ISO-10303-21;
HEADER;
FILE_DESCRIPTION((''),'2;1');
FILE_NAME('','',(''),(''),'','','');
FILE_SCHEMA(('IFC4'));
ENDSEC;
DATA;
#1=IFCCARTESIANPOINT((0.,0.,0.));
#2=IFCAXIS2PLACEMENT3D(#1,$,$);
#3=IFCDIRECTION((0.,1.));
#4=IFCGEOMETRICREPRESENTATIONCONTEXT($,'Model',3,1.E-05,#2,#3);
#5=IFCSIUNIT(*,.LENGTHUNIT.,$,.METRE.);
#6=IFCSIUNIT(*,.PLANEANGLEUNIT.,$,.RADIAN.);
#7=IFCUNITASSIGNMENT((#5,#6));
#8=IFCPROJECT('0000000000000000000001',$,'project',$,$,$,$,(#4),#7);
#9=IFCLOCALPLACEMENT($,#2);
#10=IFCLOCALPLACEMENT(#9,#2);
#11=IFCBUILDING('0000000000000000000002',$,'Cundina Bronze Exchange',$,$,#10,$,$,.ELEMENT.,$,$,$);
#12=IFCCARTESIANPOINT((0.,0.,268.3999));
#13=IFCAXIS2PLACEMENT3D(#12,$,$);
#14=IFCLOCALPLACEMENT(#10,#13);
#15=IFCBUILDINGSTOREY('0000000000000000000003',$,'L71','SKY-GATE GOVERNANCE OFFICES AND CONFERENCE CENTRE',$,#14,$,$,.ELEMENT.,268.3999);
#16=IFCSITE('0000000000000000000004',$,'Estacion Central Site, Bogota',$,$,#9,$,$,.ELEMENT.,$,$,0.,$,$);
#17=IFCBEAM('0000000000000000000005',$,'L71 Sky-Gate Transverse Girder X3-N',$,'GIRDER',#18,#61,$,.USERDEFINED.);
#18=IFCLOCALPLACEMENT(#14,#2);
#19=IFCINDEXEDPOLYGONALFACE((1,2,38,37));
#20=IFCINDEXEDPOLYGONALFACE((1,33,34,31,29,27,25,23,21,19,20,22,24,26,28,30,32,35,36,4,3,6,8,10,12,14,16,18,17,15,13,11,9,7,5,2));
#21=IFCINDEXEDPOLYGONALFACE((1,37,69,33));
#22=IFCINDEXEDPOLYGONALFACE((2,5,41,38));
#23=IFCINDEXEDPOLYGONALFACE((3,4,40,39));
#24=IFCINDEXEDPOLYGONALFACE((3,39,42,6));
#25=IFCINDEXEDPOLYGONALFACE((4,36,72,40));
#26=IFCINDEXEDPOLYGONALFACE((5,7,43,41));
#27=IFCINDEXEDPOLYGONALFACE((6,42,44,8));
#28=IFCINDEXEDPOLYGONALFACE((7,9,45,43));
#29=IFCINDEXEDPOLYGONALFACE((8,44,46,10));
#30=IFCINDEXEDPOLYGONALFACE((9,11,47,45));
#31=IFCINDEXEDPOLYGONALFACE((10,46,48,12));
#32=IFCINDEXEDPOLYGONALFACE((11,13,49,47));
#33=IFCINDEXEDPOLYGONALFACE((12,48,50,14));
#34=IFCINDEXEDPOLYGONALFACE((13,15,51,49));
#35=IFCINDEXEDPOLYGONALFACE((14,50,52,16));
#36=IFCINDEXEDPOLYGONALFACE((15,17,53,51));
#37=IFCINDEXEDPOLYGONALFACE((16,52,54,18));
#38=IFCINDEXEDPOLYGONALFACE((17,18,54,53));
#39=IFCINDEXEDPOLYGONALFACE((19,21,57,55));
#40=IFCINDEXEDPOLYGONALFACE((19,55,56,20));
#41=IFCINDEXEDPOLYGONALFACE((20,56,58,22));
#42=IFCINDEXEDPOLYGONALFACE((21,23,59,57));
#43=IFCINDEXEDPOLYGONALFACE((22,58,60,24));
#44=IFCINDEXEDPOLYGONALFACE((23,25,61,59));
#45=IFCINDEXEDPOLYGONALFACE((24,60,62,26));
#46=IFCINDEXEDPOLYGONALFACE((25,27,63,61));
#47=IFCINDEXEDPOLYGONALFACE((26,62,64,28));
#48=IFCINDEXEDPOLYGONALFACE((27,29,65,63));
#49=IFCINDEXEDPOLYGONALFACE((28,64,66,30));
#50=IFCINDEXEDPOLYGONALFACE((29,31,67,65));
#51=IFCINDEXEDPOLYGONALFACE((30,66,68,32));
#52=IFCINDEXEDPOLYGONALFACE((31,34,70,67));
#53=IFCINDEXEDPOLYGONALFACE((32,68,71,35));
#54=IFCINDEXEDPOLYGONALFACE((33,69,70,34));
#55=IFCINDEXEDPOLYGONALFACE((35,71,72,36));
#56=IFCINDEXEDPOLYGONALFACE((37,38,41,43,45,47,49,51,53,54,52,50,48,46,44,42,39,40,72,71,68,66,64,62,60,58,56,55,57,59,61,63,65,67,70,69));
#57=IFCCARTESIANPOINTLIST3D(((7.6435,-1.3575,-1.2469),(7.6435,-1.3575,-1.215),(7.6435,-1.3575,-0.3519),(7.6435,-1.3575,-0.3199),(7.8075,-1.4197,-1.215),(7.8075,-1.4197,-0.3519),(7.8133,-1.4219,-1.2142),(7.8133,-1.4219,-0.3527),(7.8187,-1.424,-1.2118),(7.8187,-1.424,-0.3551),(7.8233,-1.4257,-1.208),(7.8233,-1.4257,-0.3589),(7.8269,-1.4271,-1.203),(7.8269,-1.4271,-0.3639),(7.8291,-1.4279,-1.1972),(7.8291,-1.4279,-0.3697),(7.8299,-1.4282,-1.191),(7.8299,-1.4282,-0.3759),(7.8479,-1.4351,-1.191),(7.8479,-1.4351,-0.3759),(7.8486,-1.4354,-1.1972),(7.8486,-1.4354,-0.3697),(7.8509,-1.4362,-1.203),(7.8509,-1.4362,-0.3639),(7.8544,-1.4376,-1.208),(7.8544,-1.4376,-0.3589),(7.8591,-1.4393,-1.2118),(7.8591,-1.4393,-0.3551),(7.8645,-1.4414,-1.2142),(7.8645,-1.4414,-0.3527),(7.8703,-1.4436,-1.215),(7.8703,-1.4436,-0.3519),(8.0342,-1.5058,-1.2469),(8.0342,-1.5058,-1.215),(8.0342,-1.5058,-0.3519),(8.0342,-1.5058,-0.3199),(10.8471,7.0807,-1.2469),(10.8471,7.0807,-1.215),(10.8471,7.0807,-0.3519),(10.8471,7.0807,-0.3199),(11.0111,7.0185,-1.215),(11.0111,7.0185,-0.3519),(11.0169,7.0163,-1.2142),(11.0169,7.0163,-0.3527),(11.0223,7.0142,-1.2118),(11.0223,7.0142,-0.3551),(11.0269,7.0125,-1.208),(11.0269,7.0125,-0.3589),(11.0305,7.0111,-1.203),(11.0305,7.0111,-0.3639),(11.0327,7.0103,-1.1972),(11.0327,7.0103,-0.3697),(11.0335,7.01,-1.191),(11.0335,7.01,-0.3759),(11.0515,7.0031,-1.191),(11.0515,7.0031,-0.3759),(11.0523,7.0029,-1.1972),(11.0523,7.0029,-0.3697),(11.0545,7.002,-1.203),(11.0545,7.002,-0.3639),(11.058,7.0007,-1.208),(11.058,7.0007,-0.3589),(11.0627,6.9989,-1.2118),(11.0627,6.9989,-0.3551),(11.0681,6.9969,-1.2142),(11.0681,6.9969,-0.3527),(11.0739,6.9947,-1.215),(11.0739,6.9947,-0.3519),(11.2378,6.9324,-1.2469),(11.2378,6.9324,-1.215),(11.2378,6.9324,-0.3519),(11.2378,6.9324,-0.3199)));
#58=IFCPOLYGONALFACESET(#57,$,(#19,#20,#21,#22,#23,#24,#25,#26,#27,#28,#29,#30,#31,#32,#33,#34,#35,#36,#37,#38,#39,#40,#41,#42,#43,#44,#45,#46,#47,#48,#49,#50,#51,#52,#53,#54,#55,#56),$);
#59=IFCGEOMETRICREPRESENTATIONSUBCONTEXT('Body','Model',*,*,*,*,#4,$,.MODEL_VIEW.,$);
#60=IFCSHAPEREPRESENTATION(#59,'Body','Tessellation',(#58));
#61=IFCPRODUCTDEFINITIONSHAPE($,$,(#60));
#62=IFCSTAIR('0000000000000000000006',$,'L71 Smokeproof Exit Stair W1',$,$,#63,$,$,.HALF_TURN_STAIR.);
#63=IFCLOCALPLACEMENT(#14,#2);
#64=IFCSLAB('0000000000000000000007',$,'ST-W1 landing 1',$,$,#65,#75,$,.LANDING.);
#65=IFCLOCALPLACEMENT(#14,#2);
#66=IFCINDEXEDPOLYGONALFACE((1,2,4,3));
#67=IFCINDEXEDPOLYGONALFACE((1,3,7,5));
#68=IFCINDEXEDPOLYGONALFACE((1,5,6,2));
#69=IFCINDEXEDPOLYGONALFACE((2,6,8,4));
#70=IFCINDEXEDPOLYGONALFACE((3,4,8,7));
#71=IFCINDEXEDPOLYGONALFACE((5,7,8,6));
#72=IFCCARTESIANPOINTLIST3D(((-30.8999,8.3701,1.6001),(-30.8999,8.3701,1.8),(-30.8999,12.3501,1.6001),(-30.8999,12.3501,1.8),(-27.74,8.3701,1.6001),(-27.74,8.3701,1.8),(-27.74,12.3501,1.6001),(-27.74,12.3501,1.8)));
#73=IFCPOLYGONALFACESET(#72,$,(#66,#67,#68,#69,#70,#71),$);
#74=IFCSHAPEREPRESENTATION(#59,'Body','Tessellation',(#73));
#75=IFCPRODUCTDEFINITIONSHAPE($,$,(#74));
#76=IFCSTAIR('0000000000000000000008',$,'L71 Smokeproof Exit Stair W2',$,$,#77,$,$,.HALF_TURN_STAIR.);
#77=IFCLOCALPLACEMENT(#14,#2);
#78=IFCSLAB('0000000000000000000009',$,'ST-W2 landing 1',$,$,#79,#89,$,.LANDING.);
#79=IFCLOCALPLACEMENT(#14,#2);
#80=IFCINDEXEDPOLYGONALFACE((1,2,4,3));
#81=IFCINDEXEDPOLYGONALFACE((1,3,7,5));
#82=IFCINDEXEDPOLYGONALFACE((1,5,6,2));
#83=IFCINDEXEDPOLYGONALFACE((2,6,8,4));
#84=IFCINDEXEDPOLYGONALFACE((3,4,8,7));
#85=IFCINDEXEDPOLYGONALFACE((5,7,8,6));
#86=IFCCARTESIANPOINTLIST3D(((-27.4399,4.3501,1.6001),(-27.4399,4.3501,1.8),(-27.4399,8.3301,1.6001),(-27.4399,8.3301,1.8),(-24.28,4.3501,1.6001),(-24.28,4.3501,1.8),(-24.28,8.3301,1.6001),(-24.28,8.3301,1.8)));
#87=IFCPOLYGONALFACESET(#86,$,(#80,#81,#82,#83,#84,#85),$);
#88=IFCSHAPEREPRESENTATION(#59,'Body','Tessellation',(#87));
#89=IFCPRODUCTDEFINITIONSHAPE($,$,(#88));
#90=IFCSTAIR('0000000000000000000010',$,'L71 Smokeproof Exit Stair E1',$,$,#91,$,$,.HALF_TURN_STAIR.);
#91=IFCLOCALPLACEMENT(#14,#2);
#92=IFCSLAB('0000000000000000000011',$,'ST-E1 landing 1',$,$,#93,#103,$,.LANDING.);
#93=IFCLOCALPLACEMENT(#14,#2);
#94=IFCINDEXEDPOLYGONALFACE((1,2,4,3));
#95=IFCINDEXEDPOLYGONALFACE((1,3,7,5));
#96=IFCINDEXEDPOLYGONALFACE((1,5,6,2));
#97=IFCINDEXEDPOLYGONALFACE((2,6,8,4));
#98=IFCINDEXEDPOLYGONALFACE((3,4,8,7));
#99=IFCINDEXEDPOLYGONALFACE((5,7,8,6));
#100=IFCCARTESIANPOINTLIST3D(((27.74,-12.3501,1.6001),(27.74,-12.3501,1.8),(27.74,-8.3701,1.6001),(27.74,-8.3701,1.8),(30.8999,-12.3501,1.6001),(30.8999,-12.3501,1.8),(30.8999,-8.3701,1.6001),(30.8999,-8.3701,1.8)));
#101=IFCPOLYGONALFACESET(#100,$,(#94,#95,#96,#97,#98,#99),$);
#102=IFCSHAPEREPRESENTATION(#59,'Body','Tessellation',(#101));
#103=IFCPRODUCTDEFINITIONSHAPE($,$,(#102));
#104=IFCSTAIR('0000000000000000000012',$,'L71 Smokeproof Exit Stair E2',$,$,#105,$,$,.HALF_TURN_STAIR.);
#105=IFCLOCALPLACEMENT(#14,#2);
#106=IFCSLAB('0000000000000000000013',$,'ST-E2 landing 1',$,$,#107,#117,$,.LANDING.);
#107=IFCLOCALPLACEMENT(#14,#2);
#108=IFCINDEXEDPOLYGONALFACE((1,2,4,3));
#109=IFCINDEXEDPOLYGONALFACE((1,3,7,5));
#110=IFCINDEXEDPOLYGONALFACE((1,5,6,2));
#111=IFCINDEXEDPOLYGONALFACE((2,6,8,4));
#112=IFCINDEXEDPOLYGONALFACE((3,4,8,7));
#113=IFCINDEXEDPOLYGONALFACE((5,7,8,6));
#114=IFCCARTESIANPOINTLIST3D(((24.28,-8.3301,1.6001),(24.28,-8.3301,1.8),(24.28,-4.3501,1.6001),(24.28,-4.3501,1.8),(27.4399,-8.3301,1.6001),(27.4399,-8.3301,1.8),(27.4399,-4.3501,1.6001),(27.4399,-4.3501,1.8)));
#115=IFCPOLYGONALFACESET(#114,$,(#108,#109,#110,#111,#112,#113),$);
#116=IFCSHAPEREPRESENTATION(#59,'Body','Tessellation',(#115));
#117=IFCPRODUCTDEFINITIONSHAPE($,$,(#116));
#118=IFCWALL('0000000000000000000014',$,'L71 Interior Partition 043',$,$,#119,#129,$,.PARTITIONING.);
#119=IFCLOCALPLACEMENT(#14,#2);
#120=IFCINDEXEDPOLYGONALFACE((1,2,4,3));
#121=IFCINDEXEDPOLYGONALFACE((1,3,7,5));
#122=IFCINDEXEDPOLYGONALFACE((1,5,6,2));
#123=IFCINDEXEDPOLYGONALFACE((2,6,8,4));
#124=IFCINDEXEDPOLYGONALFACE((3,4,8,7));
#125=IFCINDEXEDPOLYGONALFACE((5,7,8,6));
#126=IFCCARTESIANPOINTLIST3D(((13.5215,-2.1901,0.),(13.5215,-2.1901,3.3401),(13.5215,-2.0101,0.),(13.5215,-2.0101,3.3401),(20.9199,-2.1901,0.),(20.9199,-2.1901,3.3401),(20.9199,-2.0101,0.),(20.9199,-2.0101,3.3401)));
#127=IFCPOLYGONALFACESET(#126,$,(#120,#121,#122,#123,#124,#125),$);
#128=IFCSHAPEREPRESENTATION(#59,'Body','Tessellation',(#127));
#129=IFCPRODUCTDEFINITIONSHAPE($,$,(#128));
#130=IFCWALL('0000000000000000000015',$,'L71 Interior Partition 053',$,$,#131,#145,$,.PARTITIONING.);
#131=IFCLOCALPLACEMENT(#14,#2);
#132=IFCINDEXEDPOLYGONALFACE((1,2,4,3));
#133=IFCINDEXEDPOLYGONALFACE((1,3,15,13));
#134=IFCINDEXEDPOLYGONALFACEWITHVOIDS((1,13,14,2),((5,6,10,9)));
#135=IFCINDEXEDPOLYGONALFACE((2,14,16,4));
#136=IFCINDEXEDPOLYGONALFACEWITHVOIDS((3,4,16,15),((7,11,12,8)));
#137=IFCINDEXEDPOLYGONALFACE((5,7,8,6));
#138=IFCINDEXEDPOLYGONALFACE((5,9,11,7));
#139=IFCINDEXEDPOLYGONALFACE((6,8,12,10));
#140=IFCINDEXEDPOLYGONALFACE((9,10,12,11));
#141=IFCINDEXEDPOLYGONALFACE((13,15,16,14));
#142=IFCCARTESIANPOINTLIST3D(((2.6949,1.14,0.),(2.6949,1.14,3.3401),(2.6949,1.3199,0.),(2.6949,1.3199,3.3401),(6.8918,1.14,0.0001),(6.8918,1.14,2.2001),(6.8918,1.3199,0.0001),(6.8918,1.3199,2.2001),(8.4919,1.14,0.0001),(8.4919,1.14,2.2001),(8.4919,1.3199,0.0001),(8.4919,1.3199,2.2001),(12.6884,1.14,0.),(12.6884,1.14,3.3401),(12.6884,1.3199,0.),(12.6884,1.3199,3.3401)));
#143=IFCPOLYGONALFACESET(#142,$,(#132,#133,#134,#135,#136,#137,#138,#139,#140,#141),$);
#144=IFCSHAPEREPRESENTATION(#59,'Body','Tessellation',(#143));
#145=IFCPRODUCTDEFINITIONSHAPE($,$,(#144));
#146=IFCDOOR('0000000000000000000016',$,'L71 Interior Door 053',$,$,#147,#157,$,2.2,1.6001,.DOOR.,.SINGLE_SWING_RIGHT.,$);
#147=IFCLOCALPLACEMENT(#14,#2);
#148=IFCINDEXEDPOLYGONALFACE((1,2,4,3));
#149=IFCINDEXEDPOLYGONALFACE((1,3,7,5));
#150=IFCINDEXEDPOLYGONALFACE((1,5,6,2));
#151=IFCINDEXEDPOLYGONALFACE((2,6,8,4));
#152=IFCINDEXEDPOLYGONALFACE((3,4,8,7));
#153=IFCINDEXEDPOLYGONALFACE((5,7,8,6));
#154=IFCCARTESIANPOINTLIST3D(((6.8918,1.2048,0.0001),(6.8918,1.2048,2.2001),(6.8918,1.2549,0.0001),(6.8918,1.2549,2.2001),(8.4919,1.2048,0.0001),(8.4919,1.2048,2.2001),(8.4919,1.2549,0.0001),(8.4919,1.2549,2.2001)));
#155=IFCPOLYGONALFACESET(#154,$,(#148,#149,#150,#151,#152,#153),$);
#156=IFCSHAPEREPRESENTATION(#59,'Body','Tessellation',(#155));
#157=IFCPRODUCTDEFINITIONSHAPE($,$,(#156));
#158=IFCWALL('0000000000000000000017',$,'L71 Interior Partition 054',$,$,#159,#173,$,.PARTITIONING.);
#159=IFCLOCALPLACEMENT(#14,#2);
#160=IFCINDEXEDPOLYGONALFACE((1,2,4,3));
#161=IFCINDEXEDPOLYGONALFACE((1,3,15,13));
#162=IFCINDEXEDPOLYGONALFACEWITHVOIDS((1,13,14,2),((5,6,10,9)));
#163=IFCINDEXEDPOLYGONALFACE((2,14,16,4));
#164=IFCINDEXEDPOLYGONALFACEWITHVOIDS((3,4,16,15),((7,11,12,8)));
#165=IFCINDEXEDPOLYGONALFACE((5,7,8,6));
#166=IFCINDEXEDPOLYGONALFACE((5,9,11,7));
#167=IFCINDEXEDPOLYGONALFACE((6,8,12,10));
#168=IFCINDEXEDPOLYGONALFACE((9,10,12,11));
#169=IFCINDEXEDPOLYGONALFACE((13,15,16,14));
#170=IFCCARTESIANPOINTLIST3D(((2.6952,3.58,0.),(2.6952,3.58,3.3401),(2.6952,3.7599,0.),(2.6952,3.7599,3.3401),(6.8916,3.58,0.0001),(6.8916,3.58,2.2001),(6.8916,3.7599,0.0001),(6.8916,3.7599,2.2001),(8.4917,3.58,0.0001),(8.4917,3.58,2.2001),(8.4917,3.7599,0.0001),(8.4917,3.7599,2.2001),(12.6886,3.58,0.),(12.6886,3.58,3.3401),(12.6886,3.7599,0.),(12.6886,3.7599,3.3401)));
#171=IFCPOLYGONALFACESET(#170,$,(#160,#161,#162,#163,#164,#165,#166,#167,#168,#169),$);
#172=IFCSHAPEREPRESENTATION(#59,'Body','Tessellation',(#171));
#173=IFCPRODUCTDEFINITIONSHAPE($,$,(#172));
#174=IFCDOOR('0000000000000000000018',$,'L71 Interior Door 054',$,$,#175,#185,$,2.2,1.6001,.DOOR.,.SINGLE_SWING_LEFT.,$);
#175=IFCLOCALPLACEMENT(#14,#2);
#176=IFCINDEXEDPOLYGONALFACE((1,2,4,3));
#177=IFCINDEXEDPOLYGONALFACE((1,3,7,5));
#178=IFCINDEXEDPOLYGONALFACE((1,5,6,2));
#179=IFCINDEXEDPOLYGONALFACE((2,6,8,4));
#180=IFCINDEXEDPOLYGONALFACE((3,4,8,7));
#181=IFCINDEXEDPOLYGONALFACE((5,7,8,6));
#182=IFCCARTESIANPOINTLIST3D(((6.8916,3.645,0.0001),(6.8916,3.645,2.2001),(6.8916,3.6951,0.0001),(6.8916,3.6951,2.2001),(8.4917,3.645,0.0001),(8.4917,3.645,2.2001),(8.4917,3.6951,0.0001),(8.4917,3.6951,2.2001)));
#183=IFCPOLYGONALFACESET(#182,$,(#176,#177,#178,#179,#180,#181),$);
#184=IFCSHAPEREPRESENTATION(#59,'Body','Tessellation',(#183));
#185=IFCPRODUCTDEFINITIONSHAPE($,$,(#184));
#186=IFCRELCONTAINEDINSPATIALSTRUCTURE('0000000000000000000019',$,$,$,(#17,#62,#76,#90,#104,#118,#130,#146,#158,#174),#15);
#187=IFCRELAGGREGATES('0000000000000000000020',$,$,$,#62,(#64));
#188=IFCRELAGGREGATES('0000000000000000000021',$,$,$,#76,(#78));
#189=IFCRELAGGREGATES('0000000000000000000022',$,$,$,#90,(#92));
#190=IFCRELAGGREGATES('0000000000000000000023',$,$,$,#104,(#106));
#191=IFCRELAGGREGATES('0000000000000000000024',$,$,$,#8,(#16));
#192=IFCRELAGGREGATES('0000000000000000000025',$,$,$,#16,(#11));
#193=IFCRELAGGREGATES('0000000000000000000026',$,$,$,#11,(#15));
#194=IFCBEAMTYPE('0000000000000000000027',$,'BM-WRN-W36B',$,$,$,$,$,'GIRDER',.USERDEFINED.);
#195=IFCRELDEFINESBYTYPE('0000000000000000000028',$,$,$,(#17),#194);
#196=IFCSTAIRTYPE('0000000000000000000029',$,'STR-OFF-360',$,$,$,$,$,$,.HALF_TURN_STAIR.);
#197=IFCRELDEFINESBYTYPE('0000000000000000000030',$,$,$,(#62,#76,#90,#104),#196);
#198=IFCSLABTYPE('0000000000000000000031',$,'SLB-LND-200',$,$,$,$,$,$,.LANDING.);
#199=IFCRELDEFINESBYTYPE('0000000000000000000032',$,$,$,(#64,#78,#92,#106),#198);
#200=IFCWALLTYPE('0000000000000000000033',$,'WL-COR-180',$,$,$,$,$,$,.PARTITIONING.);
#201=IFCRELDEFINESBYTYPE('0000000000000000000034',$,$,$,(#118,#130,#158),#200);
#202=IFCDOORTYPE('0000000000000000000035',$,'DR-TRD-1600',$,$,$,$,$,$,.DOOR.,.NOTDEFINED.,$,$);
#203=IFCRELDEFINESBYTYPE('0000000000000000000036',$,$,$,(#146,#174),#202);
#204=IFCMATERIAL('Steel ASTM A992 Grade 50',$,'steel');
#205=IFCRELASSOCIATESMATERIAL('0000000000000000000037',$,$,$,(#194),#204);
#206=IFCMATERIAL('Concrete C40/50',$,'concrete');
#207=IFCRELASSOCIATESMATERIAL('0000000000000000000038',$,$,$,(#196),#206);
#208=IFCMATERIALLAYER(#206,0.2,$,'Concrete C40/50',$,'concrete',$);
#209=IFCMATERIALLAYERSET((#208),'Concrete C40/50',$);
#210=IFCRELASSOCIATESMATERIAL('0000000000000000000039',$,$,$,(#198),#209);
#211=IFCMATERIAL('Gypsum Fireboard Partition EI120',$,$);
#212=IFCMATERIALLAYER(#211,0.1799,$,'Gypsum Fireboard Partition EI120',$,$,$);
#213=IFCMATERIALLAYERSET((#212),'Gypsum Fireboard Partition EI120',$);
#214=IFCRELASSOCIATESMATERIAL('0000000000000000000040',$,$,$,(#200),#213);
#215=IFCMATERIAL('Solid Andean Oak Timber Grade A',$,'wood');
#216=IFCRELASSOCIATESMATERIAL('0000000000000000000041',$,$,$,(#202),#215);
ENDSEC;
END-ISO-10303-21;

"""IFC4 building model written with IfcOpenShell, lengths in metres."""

from ifc_helpers import new_model, si_unit, direction, frame, frame_2d, origin, origin_2d, place, context, subcontext, project, spatial, polyline, rectangle, i_section, outline, extrude, material, layer, layer_set, material_profile, profile_set, type_object, element, fill, aggregate, save


model = new_model("IFC4")

# Units and contexts
model_context = context("Model", 3, precision=1e-05, world=origin(), true_north=direction((0.0, 1.0)))
body_context = subcontext(model_context, "Body", "Model", "MODEL_VIEW")
ifc_project = project(units=[si_unit("LENGTHUNIT", "METRE"), si_unit("PLANEANGLEUNIT", "RADIAN")], contexts=[model_context])

# Site, building, storey
site_placement = place(None, origin())
site = spatial("IfcSite", under=ifc_project, at=site_placement, Name="Estacion Central Site, Bogota", CompositionType="ELEMENT", RefElevation=0.0)
building_placement = place(site_placement, origin())
building = spatial("IfcBuilding", under=site, at=building_placement, Name="Cundina Bronze Exchange", CompositionType="ELEMENT")
storey_placement = place(building_placement, frame((0.0, 0.0, 268.3999)))
storey = spatial("IfcBuildingStorey", under=building, at=storey_placement, Name="L71", Description="SKY-GATE GOVERNANCE OFFICES AND CONFERENCE CENTRE", CompositionType="ELEMENT", Elevation=268.3999)

# Beam
ifc_material_1 = material(Name="Steel ASTM A992 Grade 50", Category="steel")
ifc_material_profile_1 = material_profile(ifc_material_1, i_section(OverallWidth=0.418, OverallDepth=0.927, WebThickness=0.0193, FlangeThickness=0.032, FilletRadius=0.0239, at=origin_2d()), Name="W36X231", Category="steel")
ifc_profile_set_1 = profile_set([ifc_material_profile_1], Name="Steel ASTM A992 Grade 50")
beam_type_1 = type_object("IfcBeamType", Name="BM-WRN-W36B", ElementType="GIRDER", PredefinedType="USERDEFINED", material=ifc_profile_set_1)
beam_1_placement = place(storey_placement, frame((7.8389, -1.4316, -0.7834), z_axis=(0.354936, 0.934891, 0.0), x_axis=(-0.934891, 0.354936, 0.0)))
element("IfcBeam", 1, at=beam_1_placement, inside=storey, type_object=beam_type_1, Name="L71 Sky-Gate Transverse Girder X3-N", ObjectType="GIRDER", PredefinedType="USERDEFINED", context=body_context, shape_type="SweptSolid", body=[
    extrude(i_section(OverallWidth=0.418, OverallDepth=0.927, WebThickness=0.0193, FlangeThickness=0.032, FilletRadius=0.0239, at=origin_2d()), origin(), (0.0, 0.0, 1.0), 9.0259),
])

# Stairs, slabs
ifc_material_2 = material(Name="Concrete C40/50", Category="concrete")
stair_type = type_object("IfcStairType", Name="STR-OFF-360", PredefinedType="HALF_TURN_STAIR", material=ifc_material_2)
stair_1_placement = place(storey_placement, origin())
stair_1 = element("IfcStair", 2, at=stair_1_placement, inside=storey, type_object=stair_type, Name="L71 Smokeproof Exit Stair W1", PredefinedType="HALF_TURN_STAIR")
ifc_layer_1 = layer(ifc_material_2, 0.2, Name="Concrete C40/50", Category="concrete")
ifc_layer_set_1 = layer_set([ifc_layer_1], Name="Concrete C40/50")
slab_type = type_object("IfcSlabType", Name="SLB-LND-200", PredefinedType="LANDING", material=ifc_layer_set_1)
slab_1_placement = place(storey_placement, frame((0.0, 0.0, 1.6001)))
slab_1 = element("IfcSlab", 3, at=slab_1_placement, type_object=slab_type, Name="ST-W1 landing 1", PredefinedType="LANDING", context=body_context, shape_type="SweptSolid", body=[
    extrude(outline(polyline([(-27.74, 8.3701), (-27.74, 12.3501), (-30.8999, 12.3501), (-30.8999, 8.3701), (-27.74, 8.3701)])), origin(), (0.0, 0.0, 1.0), 0.2),
])
aggregate(stair_1, [slab_1])
stair_2_placement = place(storey_placement, origin())
stair_2 = element("IfcStair", 4, at=stair_2_placement, inside=storey, type_object=stair_type, Name="L71 Smokeproof Exit Stair W2", PredefinedType="HALF_TURN_STAIR")
slab_2_placement = place(storey_placement, frame((0.0, 0.0, 1.6001)))
slab_2 = element("IfcSlab", 5, at=slab_2_placement, type_object=slab_type, Name="ST-W2 landing 1", PredefinedType="LANDING", context=body_context, shape_type="SweptSolid", body=[
    extrude(outline(polyline([(-27.4399, 8.3301), (-27.4399, 4.3501), (-24.28, 4.3501), (-24.28, 8.3301), (-27.4399, 8.3301)])), origin(), (0.0, 0.0, 1.0), 0.2),
])
aggregate(stair_2, [slab_2])
stair_3_placement = place(storey_placement, origin())
stair_3 = element("IfcStair", 6, at=stair_3_placement, inside=storey, type_object=stair_type, Name="L71 Smokeproof Exit Stair E1", PredefinedType="HALF_TURN_STAIR")
slab_3_placement = place(storey_placement, frame((0.0, 0.0, 1.6001)))
slab_3 = element("IfcSlab", 7, at=slab_3_placement, type_object=slab_type, Name="ST-E1 landing 1", PredefinedType="LANDING", context=body_context, shape_type="SweptSolid", body=[
    extrude(outline(polyline([(27.74, -8.3701), (27.74, -12.3501), (30.8999, -12.3501), (30.8999, -8.3701), (27.74, -8.3701)])), origin(), (0.0, 0.0, 1.0), 0.2),
])
aggregate(stair_3, [slab_3])
stair_4_placement = place(storey_placement, origin())
stair_4 = element("IfcStair", 8, at=stair_4_placement, inside=storey, type_object=stair_type, Name="L71 Smokeproof Exit Stair E2", PredefinedType="HALF_TURN_STAIR")
slab_4_placement = place(storey_placement, frame((0.0, 0.0, 1.6001)))
slab_4 = element("IfcSlab", 9, at=slab_4_placement, type_object=slab_type, Name="ST-E2 landing 1", PredefinedType="LANDING", context=body_context, shape_type="SweptSolid", body=[
    extrude(outline(polyline([(27.4399, -8.3301), (27.4399, -4.3501), (24.28, -4.3501), (24.28, -8.3301), (27.4399, -8.3301)])), origin(), (0.0, 0.0, 1.0), 0.2),
])
aggregate(stair_4, [slab_4])

# Wall
ifc_material_3 = material(Name="Gypsum Fireboard Partition EI120")
ifc_layer_2 = layer(ifc_material_3, 0.1799, Name="Gypsum Fireboard Partition EI120")
ifc_layer_set_2 = layer_set([ifc_layer_2], Name="Gypsum Fireboard Partition EI120")
wall_type = type_object("IfcWallType", Name="WL-COR-180", PredefinedType="PARTITIONING", material=ifc_layer_set_2)
wall_1_placement = place(storey_placement, frame((13.5215, -2.1001, 0.0), z_axis=(0.0, 0.0, 1.0), x_axis=(1.0, 0.0, 0.0)))
element("IfcWall", 10, at=wall_1_placement, inside=storey, type_object=wall_type, Name="L71 Interior Partition 043", PredefinedType="PARTITIONING", context=body_context, shape_type="SweptSolid", body=[
    extrude(rectangle(XDim=7.3984, YDim=0.1799, at=frame_2d((3.6992, 0.0))), origin(), (0.0, 0.0, 1.0), 3.3401),
])

# Walls, openings, doors
wall_2_placement = place(storey_placement, frame((2.6951, 1.23, 0.0), z_axis=(0.0, 0.0, 1.0), x_axis=(1.0, 0.0, 0.0)))
wall_2 = element("IfcWall", 11, at=wall_2_placement, inside=storey, type_object=wall_type, Name="L71 Interior Partition 053", PredefinedType="PARTITIONING", context=body_context, shape_type="SweptSolid", body=[
    extrude(rectangle(XDim=9.9934, YDim=0.1799, at=frame_2d((4.9966, 0.0))), origin(), (0.0, 0.0, 1.0), 3.3401),
])
opening_1_placement = place(wall_2_placement, frame((4.1968, 0.0, 0.0)))
opening_1 = element("IfcOpeningElement", 12, at=opening_1_placement, cuts=wall_2, PredefinedType="OPENING", context=body_context, shape_type="SweptSolid", body=[
    extrude(rectangle(XDim=1.6001, YDim=2.2, at=frame_2d((0.8, 1.1001))), frame((0.0, 0.0999, 0.0), z_axis=(0.0, -1.0, 0.0), x_axis=(1.0, 0.0, 0.0)), (0.0, 0.0, 1.0), 0.2),
])
ifc_material_4 = material(Name="Solid Andean Oak Timber Grade A", Category="wood")
door_type_1 = type_object("IfcDoorType", Name="DR-TRD-1600", OperationType="NOTDEFINED", PredefinedType="DOOR", material=ifc_material_4)
door_1_placement = place(opening_1_placement, origin())
door_1 = element("IfcDoor", 13, at=door_1_placement, inside=storey, type_object=door_type_1, Name="L71 Interior Door 053", OperationType="SINGLE_SWING_RIGHT", OverallHeight=2.2, OverallWidth=1.6001, PredefinedType="DOOR", context=body_context, shape_type="SweptSolid", body=[
    extrude(rectangle(XDim=1.6001, YDim=2.2, at=frame_2d((0.8, 1.1001))), frame((0.0, 0.0249, 0.0), z_axis=(0.0, -1.0, 0.0), x_axis=(1.0, 0.0, 0.0)), (0.0, 0.0, 1.0), 0.05),
])
fill(opening_1, door_1)
wall_3_placement = place(storey_placement, frame((12.6885, 3.6699, 0.0), z_axis=(0.0, 0.0, 1.0), x_axis=(-1.0, 0.0, 0.0)))
wall_3 = element("IfcWall", 14, at=wall_3_placement, inside=storey, type_object=wall_type, Name="L71 Interior Partition 054", PredefinedType="PARTITIONING", context=body_context, shape_type="SweptSolid", body=[
    extrude(rectangle(XDim=9.9934, YDim=0.1799, at=frame_2d((4.9966, 0.0))), origin(), (0.0, 0.0, 1.0), 3.3401),
])
opening_2_placement = place(wall_3_placement, frame((4.1968, 0.0, 0.0)))
opening_2 = element("IfcOpeningElement", 15, at=opening_2_placement, cuts=wall_3, PredefinedType="OPENING", context=body_context, shape_type="SweptSolid", body=[
    extrude(rectangle(XDim=1.6001, YDim=2.2, at=frame_2d((0.8, 1.1001))), frame((0.0, 0.0999, 0.0), z_axis=(0.0, -1.0, 0.0), x_axis=(1.0, 0.0, 0.0)), (0.0, 0.0, 1.0), 0.2),
])
door_2_placement = place(opening_2_placement, origin())
door_2 = element("IfcDoor", 16, at=door_2_placement, inside=storey, type_object=door_type_1, Name="L71 Interior Door 054", OperationType="SINGLE_SWING_LEFT", OverallHeight=2.2, OverallWidth=1.6001, PredefinedType="DOOR", context=body_context, shape_type="SweptSolid", body=[
    extrude(rectangle(XDim=1.6001, YDim=2.2, at=frame_2d((0.8, 1.1001))), frame((0.0, 0.0249, 0.0), z_axis=(0.0, -1.0, 0.0), x_axis=(1.0, 0.0, 0.0)), (0.0, 0.0, 1.0), 0.05),
])
fill(opening_2, door_2)

save(model, "model.ifc")
